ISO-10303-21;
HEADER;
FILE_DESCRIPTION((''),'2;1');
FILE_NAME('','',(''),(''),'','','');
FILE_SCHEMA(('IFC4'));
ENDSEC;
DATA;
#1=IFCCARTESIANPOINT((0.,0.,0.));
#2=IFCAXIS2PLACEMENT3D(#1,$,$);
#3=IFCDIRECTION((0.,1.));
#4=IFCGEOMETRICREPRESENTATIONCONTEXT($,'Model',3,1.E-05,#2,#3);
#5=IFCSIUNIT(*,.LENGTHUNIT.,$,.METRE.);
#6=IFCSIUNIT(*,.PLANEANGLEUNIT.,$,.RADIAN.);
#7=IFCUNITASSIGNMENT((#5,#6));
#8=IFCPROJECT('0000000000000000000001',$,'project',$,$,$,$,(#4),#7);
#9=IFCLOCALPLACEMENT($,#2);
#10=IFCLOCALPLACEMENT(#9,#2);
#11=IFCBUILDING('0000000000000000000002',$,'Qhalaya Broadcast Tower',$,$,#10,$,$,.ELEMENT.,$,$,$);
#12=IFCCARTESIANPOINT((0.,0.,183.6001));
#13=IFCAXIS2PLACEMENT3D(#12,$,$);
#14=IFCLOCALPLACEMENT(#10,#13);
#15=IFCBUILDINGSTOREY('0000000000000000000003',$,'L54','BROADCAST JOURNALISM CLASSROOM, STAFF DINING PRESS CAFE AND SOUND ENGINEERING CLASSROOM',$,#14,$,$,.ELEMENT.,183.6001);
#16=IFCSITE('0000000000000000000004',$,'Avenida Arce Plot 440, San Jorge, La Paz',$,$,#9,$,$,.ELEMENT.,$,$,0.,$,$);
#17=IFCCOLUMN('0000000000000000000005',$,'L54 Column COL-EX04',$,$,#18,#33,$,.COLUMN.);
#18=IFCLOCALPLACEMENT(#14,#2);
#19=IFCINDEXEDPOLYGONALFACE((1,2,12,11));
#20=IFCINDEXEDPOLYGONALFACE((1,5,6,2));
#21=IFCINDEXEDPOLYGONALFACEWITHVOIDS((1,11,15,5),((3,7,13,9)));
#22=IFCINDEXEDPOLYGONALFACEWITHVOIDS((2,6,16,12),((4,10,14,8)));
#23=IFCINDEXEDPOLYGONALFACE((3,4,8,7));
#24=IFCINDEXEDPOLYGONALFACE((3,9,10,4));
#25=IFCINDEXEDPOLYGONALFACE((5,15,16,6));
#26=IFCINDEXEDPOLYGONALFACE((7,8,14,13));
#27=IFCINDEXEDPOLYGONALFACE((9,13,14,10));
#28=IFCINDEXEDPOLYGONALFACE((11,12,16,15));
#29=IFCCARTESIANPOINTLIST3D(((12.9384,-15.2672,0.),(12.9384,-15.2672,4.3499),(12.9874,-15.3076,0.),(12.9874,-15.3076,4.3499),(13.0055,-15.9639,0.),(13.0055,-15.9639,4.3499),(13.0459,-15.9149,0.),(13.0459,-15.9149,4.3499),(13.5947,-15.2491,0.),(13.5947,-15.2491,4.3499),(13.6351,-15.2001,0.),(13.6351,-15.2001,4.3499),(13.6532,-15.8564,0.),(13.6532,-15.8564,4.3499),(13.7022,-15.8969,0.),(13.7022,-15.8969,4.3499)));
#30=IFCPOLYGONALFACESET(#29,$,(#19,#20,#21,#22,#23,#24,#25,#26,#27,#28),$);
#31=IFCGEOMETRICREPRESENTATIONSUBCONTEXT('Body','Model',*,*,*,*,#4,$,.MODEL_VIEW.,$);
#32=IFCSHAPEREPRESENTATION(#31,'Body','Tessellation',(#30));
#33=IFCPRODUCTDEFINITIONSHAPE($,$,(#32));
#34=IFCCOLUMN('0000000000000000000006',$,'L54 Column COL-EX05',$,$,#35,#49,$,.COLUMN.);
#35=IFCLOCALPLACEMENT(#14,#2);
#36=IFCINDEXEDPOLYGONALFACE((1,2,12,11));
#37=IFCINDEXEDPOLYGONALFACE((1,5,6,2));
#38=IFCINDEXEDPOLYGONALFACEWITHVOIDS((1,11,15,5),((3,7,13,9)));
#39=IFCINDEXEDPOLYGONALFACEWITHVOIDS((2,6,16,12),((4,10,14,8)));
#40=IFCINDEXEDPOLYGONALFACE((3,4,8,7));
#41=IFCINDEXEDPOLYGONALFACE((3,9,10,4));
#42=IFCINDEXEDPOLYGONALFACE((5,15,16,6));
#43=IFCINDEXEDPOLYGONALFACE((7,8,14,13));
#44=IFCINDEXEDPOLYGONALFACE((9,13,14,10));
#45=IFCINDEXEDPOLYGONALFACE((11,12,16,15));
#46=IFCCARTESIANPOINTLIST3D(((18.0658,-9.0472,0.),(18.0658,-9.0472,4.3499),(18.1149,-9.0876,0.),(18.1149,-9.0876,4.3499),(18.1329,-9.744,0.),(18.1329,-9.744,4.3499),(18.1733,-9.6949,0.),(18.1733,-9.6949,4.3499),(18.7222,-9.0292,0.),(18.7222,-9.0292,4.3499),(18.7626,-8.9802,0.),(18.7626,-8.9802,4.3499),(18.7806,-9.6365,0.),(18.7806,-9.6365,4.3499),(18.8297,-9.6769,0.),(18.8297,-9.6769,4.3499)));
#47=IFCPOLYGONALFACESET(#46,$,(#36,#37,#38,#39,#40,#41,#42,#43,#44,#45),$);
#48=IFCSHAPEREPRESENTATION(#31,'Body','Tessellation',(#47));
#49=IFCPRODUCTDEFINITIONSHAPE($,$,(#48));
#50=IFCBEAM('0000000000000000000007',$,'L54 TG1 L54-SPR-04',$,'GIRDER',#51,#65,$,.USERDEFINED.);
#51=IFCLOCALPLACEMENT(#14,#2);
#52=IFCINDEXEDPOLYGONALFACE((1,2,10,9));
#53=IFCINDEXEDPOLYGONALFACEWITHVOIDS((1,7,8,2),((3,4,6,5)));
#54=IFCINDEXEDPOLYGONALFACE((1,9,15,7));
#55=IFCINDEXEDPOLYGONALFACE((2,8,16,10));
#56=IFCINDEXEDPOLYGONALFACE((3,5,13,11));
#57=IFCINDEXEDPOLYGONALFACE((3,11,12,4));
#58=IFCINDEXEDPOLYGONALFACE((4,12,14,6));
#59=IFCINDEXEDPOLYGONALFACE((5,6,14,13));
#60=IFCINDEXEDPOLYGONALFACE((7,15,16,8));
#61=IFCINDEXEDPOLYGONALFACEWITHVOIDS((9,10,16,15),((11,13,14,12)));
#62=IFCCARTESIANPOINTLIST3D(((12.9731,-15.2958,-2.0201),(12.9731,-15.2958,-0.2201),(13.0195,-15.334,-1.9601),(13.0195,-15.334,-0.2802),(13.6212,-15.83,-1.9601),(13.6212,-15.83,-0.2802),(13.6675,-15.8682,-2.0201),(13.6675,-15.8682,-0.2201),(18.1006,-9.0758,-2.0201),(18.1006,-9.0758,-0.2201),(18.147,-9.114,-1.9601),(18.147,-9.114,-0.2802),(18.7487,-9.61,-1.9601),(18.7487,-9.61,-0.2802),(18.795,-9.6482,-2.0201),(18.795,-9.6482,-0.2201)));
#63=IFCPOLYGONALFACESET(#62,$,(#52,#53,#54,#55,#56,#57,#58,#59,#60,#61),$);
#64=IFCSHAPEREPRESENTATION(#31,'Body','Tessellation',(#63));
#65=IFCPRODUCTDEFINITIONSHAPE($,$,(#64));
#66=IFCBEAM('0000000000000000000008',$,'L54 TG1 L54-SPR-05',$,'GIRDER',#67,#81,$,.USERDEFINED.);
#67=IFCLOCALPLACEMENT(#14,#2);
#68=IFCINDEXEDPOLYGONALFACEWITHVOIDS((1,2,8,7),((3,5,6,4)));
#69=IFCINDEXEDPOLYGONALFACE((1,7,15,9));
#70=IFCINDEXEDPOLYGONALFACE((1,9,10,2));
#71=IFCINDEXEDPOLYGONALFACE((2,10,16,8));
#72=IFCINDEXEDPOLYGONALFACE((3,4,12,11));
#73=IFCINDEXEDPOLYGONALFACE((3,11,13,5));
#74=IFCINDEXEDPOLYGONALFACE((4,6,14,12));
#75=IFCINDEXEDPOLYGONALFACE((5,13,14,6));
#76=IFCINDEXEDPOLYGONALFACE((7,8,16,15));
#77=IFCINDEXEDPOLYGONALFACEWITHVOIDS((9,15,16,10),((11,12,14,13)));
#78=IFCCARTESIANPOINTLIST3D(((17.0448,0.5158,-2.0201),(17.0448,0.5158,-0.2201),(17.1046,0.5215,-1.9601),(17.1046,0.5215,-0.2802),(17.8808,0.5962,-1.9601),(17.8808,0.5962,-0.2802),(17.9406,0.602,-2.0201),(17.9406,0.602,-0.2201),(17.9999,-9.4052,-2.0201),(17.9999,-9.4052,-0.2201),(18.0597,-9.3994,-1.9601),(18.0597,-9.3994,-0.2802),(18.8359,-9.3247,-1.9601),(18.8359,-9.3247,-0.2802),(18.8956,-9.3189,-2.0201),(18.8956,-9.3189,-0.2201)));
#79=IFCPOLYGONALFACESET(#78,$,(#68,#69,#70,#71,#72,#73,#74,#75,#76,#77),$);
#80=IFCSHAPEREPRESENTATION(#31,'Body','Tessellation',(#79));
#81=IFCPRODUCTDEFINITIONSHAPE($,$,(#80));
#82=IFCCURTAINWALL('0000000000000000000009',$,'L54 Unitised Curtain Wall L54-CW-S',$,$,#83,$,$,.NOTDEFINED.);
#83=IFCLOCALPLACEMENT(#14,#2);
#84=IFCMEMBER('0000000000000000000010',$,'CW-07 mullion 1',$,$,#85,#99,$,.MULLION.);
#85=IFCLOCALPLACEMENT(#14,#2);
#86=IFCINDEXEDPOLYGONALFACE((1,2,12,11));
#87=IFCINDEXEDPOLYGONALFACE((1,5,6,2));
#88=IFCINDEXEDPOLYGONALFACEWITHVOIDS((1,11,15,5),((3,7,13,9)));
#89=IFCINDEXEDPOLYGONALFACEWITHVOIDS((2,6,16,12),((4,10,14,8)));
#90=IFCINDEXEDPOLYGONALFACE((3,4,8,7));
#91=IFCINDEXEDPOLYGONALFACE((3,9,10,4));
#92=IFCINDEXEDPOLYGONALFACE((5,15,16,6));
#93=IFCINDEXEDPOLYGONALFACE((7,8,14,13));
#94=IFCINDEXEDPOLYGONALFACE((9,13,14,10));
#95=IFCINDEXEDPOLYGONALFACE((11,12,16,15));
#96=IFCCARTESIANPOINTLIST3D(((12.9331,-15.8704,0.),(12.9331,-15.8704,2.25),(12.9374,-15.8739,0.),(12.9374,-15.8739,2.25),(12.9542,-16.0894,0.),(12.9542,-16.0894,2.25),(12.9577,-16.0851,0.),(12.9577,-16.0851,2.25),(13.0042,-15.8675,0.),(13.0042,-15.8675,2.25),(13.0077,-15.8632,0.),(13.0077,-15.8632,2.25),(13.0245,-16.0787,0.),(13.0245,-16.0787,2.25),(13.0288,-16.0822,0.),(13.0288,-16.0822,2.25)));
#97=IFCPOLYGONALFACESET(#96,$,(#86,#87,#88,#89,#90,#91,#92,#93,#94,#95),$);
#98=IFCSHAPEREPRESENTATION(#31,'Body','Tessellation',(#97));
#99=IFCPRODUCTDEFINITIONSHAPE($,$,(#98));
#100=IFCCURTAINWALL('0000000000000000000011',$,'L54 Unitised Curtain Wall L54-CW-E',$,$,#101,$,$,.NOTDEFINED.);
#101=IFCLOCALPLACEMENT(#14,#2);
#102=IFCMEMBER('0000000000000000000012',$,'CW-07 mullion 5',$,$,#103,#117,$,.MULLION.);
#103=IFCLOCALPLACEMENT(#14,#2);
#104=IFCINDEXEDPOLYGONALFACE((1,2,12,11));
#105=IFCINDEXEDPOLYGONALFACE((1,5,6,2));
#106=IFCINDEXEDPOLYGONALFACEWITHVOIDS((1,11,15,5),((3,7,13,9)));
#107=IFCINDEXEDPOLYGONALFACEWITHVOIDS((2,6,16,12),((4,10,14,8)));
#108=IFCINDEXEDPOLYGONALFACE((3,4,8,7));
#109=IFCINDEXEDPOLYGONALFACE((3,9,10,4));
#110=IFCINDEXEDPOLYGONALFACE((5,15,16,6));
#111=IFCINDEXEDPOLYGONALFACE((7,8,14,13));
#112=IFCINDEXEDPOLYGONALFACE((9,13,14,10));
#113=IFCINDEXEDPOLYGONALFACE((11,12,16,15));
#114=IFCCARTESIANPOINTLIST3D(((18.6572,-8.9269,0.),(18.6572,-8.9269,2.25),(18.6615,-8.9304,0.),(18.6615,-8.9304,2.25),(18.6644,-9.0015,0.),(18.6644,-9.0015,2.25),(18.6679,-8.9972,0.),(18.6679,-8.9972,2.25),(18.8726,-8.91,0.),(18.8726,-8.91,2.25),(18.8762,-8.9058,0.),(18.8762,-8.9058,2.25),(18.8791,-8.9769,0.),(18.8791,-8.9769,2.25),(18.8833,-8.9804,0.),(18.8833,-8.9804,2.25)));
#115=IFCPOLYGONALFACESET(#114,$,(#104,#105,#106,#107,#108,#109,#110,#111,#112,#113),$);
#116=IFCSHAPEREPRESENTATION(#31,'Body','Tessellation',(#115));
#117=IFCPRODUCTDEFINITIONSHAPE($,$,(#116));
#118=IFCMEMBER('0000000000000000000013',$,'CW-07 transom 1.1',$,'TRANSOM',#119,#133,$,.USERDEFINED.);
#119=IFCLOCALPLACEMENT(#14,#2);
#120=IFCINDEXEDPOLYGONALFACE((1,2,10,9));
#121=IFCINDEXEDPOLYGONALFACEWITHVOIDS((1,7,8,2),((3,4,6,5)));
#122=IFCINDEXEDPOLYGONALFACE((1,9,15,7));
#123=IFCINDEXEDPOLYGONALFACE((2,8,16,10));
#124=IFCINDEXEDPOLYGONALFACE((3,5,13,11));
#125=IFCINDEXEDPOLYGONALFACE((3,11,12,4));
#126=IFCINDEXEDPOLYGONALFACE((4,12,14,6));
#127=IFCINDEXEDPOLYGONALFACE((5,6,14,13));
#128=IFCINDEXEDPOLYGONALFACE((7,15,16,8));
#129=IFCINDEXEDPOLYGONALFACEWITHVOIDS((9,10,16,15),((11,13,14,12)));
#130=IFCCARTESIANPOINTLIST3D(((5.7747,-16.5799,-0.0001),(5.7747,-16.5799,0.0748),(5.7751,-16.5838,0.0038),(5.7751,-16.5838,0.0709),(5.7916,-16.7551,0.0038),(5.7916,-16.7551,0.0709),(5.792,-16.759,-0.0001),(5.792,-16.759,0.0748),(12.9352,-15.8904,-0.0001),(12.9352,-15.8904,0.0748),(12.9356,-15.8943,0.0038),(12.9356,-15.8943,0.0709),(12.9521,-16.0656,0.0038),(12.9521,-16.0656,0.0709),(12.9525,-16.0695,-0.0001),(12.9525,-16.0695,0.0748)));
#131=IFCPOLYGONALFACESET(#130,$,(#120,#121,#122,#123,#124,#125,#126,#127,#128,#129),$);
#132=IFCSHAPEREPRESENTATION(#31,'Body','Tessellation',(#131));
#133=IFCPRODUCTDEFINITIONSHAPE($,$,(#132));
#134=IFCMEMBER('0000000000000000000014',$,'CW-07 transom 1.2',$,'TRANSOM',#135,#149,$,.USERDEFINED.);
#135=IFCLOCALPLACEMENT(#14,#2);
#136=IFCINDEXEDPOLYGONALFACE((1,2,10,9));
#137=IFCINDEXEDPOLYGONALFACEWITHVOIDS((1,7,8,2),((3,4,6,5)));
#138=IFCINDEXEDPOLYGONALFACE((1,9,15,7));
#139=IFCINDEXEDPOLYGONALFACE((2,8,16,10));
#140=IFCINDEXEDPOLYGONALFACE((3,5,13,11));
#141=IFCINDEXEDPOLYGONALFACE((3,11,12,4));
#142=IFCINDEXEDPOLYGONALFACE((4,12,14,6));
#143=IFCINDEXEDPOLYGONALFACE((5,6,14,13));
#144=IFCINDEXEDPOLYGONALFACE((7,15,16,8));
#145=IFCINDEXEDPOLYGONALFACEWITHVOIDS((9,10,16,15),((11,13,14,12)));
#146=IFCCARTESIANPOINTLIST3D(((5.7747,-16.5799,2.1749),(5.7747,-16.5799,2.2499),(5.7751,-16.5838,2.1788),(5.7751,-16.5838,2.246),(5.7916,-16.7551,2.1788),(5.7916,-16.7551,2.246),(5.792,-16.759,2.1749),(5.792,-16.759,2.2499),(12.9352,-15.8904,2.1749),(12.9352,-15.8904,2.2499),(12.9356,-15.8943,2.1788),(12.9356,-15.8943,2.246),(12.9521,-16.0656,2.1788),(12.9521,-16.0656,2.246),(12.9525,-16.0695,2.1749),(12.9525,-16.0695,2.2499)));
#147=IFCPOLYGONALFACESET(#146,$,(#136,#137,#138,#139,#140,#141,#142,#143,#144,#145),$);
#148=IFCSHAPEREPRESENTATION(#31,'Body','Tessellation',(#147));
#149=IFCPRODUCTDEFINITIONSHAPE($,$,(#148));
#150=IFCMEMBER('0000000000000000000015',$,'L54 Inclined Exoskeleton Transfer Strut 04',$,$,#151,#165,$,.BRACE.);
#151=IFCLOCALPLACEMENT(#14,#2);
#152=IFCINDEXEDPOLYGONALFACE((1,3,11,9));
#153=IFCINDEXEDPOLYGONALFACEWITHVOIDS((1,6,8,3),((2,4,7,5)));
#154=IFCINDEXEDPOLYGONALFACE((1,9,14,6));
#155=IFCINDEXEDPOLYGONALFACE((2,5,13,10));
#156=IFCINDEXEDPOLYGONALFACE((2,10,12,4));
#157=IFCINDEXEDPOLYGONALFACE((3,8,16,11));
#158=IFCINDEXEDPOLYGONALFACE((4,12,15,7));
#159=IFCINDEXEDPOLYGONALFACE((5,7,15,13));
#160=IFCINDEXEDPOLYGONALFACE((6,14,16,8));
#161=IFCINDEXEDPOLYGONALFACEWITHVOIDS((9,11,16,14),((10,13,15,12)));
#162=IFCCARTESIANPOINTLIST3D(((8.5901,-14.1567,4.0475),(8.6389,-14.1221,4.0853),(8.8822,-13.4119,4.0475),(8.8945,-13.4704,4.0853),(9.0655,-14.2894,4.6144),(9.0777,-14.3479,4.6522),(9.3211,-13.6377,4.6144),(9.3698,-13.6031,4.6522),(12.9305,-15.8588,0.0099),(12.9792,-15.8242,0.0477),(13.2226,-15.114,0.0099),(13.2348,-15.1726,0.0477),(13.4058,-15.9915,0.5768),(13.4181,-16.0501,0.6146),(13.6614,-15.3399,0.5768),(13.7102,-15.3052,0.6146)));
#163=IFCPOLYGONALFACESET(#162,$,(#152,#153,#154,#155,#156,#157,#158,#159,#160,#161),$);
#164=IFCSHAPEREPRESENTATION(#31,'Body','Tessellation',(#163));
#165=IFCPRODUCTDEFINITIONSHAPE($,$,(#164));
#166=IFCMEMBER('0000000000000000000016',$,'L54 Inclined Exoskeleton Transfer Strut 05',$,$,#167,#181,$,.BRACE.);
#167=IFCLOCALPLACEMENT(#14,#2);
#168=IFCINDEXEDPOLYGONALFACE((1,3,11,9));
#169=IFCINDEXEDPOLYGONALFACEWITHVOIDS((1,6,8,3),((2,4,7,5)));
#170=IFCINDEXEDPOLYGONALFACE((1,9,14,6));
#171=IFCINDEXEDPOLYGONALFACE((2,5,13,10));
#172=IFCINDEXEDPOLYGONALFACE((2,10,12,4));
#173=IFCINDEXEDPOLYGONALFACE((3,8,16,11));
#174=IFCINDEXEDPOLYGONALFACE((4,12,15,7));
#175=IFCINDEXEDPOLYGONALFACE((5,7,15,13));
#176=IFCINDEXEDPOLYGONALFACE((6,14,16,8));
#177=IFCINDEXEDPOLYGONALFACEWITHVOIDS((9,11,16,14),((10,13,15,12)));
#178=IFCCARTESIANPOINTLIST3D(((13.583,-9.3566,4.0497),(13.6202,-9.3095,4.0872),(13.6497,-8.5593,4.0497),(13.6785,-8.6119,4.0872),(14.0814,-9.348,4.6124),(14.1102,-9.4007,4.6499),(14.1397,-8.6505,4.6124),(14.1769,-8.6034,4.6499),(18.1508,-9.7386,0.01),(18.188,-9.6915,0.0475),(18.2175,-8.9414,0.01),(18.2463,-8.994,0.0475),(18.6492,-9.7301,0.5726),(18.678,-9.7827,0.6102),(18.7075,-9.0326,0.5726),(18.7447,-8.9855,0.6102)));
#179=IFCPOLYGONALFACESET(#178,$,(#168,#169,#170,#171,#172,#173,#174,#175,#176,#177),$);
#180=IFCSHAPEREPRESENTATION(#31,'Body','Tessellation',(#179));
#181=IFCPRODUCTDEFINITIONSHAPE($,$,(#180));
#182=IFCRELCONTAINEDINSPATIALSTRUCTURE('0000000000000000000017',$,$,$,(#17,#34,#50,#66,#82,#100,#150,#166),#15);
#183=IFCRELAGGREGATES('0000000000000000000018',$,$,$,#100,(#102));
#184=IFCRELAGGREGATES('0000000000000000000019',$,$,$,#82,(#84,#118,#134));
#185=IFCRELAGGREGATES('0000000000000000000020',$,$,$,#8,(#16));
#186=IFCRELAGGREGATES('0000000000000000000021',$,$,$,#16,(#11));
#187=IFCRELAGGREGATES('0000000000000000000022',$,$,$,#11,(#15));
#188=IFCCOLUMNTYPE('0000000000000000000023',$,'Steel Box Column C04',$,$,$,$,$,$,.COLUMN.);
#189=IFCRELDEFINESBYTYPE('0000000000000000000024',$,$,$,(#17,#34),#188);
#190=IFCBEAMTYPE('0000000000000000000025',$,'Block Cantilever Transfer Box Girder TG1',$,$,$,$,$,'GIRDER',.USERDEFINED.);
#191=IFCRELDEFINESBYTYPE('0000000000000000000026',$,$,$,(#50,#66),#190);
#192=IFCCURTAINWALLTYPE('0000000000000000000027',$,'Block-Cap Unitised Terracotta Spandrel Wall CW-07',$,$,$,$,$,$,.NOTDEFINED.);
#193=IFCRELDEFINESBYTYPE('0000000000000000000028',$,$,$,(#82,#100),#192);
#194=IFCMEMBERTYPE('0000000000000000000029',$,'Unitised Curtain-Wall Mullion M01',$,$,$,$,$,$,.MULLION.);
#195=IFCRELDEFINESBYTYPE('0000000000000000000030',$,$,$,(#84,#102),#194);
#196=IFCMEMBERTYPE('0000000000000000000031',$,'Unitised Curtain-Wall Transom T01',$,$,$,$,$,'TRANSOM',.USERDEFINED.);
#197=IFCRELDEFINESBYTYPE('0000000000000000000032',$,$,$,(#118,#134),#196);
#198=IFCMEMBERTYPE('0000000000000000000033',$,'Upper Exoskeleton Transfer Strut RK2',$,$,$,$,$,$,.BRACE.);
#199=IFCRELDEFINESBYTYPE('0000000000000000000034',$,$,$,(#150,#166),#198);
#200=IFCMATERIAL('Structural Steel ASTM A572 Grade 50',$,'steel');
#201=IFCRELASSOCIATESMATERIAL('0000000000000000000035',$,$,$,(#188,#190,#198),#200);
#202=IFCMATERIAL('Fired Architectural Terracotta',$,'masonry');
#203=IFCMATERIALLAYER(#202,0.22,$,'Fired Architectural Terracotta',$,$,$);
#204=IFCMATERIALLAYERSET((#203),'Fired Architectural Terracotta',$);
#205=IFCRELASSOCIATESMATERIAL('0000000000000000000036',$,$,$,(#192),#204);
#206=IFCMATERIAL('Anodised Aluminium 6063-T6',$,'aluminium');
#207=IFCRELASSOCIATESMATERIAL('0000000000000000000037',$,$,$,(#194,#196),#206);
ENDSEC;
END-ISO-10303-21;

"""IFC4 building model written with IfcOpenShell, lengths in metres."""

from ifc_helpers import new_model, si_unit, direction, frame, origin, origin_2d, place, context, subcontext, project, spatial, hollow_rectangle, extrude, material, layer, layer_set, material_profile, profile_set, type_object, element, aggregate, save


model = new_model("IFC4")

# Units and contexts
model_context = context("Model", 3, precision=1e-05, world=origin(), true_north=direction((0.0, 1.0)))
body_context = subcontext(model_context, "Body", "Model", "MODEL_VIEW")
ifc_project = project(units=[si_unit("LENGTHUNIT", "METRE"), si_unit("PLANEANGLEUNIT", "RADIAN")], contexts=[model_context])

# Site, building, storey
site_placement = place(None, origin())
site = spatial("IfcSite", under=ifc_project, at=site_placement, Name="Avenida Arce Plot 440, San Jorge, La Paz", CompositionType="ELEMENT", RefElevation=0.0)
building_placement = place(site_placement, origin())
building = spatial("IfcBuilding", under=site, at=building_placement, Name="Qhalaya Broadcast Tower", CompositionType="ELEMENT")
storey_placement = place(building_placement, frame((0.0, 0.0, 183.6001)))
storey = spatial("IfcBuildingStorey", under=building, at=storey_placement, Name="L54", Description="BROADCAST JOURNALISM CLASSROOM, STAFF DINING PRESS CAFE AND SOUND ENGINEERING CLASSROOM", CompositionType="ELEMENT", Elevation=183.6001)

# Columns
ifc_material_1 = material(Name="Structural Steel ASTM A572 Grade 50", Category="steel")
ifc_material_profile_1 = material_profile(ifc_material_1, hollow_rectangle(XDim=0.7, YDim=0.7, WallThickness=0.0449, at=origin_2d()), Name="BOX 700x700x45")
ifc_profile_set_1 = profile_set([ifc_material_profile_1], Name="Structural Steel ASTM A572 Grade 50")
column_type = type_object("IfcColumnType", Name="Steel Box Column C04", PredefinedType="COLUMN", material=ifc_profile_set_1)
for number, where, z_axis, x_axis, name in (
    (1, (13.3203, -15.582, 0.0), (0.0, 0.0, 1.0), (0.995396, 0.095846, 0.0), "L54 Column COL-EX04"),
    (2, (18.4478, -9.3621, 0.0), (0.0, 0.0, 1.0), (-0.095846, 0.995396, 0.0), "L54 Column COL-EX05"),
):
    element("IfcColumn", number, at=place(storey_placement, frame(where, z_axis=z_axis, x_axis=x_axis)), inside=storey, type_object=column_type, Name=name, PredefinedType="COLUMN", context=body_context, shape_type="SweptSolid", body=[
        extrude(hollow_rectangle(XDim=0.7, YDim=0.7, WallThickness=0.0449, at=origin_2d()), origin(), (0.0, 0.0, 1.0), 4.3499),
    ])

# Beams
ifc_material_profile_2 = material_profile(ifc_material_1, hollow_rectangle(XDim=0.8999, YDim=1.8, WallThickness=0.0601, at=origin_2d()), Name="BOX 900x1800x60")
ifc_profile_set_2 = profile_set([ifc_material_profile_2], Name="Structural Steel ASTM A572 Grade 50")
beam_type = type_object("IfcBeamType", Name="Block Cantilever Transfer Box Girder TG1", ElementType="GIRDER", PredefinedType="USERDEFINED", material=ifc_profile_set_2)
beam_1_placement = place(storey_placement, frame((13.3203, -15.582, -1.1201), z_axis=(0.636085, 0.771619, 0.0), x_axis=(-0.771619, 0.636085, 0.0)))
element("IfcBeam", 3, at=beam_1_placement, inside=storey, type_object=beam_type, Name="L54 TG1 L54-SPR-04", ObjectType="GIRDER", PredefinedType="USERDEFINED", context=body_context, shape_type="SweptSolid", body=[
    extrude(hollow_rectangle(XDim=0.8999, YDim=1.8, WallThickness=0.0601, at=origin_2d()), origin(), (0.0, 0.0, 1.0), 8.061),
])
beam_2_placement = place(storey_placement, frame((18.4478, -9.3621, -1.1201), z_axis=(-0.095826, 0.995398, 0.0), x_axis=(-0.995398, -0.095826, 0.0)))
element("IfcBeam", 4, at=beam_2_placement, inside=storey, type_object=beam_type, Name="L54 TG1 L54-SPR-05", ObjectType="GIRDER", PredefinedType="USERDEFINED", context=body_context, shape_type="SweptSolid", body=[
    extrude(hollow_rectangle(XDim=0.8999, YDim=1.8, WallThickness=0.0601, at=origin_2d()), origin(), (0.0, 0.0, 1.0), 9.9668),
])

# Curtain walls, members
ifc_material_2 = material(Name="Fired Architectural Terracotta", Category="masonry")
ifc_layer_1 = layer(ifc_material_2, 0.22, Name="Fired Architectural Terracotta")
ifc_layer_set_1 = layer_set([ifc_layer_1], Name="Fired Architectural Terracotta")
curtain_wall_type = type_object("IfcCurtainWallType", Name="Block-Cap Unitised Terracotta Spandrel Wall CW-07", PredefinedType="NOTDEFINED", material=ifc_layer_set_1)
curtain_wall_1_placement = place(storey_placement, origin())
curtain_wall_1 = element("IfcCurtainWall", 5, at=curtain_wall_1_placement, inside=storey, type_object=curtain_wall_type, Name="L54 Unitised Curtain Wall L54-CW-S", PredefinedType="NOTDEFINED")
ifc_material_3 = material(Name="Anodised Aluminium 6063-T6", Category="aluminium")
ifc_material_profile_3 = material_profile(ifc_material_3, hollow_rectangle(XDim=0.075, YDim=0.22, WallThickness=0.0039, at=origin_2d()), Name="ALU-MUL 75x220x4")
ifc_profile_set_3 = profile_set([ifc_material_profile_3], Name="Anodised Aluminium 6063-T6")
member_type_1 = type_object("IfcMemberType", Name="Unitised Curtain-Wall Mullion M01", PredefinedType="MULLION", material=ifc_profile_set_3)
member_1_placement = place(storey_placement, frame((12.981, -15.9763, 0.0), z_axis=(0.0, 0.0, 1.0), x_axis=(-0.995396, -0.095846, 0.0)))
member_1 = element("IfcMember", 6, at=member_1_placement, type_object=member_type_1, Name="CW-07 mullion 1", PredefinedType="MULLION", context=body_context, shape_type="SweptSolid", body=[
    extrude(hollow_rectangle(XDim=0.075, YDim=0.22, WallThickness=0.0039, at=origin_2d()), origin(), (0.0, 0.0, 1.0), 2.25),
])
curtain_wall_2_placement = place(storey_placement, origin())
curtain_wall_2 = element("IfcCurtainWall", 7, at=curtain_wall_2_placement, inside=storey, type_object=curtain_wall_type, Name="L54 Unitised Curtain Wall L54-CW-E", PredefinedType="NOTDEFINED")
member_2_placement = place(storey_placement, frame((18.7703, -8.9536, 0.0), z_axis=(0.0, 0.0, 1.0), x_axis=(0.095846, -0.995396, 0.0)))
member_2 = element("IfcMember", 8, at=member_2_placement, type_object=member_type_1, Name="CW-07 mullion 5", PredefinedType="MULLION", context=body_context, shape_type="SweptSolid", body=[
    extrude(hollow_rectangle(XDim=0.075, YDim=0.22, WallThickness=0.0039, at=origin_2d()), origin(), (0.0, 0.0, 1.0), 2.25),
])
aggregate(curtain_wall_2, [member_2])

# Members
ifc_material_profile_4 = material_profile(ifc_material_3, hollow_rectangle(XDim=0.075, YDim=0.1799, WallThickness=0.0039, at=origin_2d()), Name="ALU-TRN 75x180x4")
ifc_profile_set_4 = profile_set([ifc_material_profile_4], Name="Anodised Aluminium 6063-T6")
member_type_2 = type_object("IfcMemberType", Name="Unitised Curtain-Wall Transom T01", ElementType="TRANSOM", PredefinedType="USERDEFINED", material=ifc_profile_set_4)
member_3_placement = place(storey_placement, frame((12.9438, -15.98, 0.0374), z_axis=(-0.995396, -0.095844, 0.0), x_axis=(0.0, 0.0, 1.0)))
member_3 = element("IfcMember", 9, at=member_3_placement, type_object=member_type_2, Name="CW-07 transom 1.1", ObjectType="TRANSOM", PredefinedType="USERDEFINED", context=body_context, shape_type="SweptSolid", body=[
    extrude(hollow_rectangle(XDim=0.075, YDim=0.1799, WallThickness=0.0039, at=origin_2d()), origin(), (0.0, 0.0, 1.0), 7.1936),
])
member_4_placement = place(storey_placement, frame((12.9438, -15.98, 2.2124), z_axis=(-0.995396, -0.095844, 0.0), x_axis=(0.0, 0.0, 1.0)))
member_4 = element("IfcMember", 10, at=member_4_placement, type_object=member_type_2, Name="CW-07 transom 1.2", ObjectType="TRANSOM", PredefinedType="USERDEFINED", context=body_context, shape_type="SweptSolid", body=[
    extrude(hollow_rectangle(XDim=0.075, YDim=0.1799, WallThickness=0.0039, at=origin_2d()), origin(), (0.0, 0.0, 1.0), 7.1936),
])
aggregate(curtain_wall_1, [member_1, member_3, member_4])

# Members
ifc_material_profile_5 = material_profile(ifc_material_1, hollow_rectangle(XDim=0.8, YDim=0.8, WallThickness=0.05, at=origin_2d()), Name="BOX 800x800x50")
ifc_profile_set_5 = profile_set([ifc_material_profile_5], Name="Structural Steel ASTM A572 Grade 50")
member_type_3 = type_object("IfcMemberType", Name="Upper Exoskeleton Transfer Strut RK2", PredefinedType="BRACE", material=ifc_profile_set_5)
member_5_placement = place(storey_placement, frame((13.3203, -15.582, 0.3123), z_axis=(-0.703743, 0.275987, 0.654658), x_axis=(-0.365098, -0.930969, 0.0)))
element("IfcMember", 11, at=member_5_placement, inside=storey, type_object=member_type_3, Name="L54 Inclined Exoskeleton Transfer Strut 04", PredefinedType="BRACE", context=body_context, shape_type="SweptSolid", body=[
    extrude(hollow_rectangle(XDim=0.8, YDim=0.8, WallThickness=0.05, at=origin_2d()), origin(), (0.0, 0.0, 1.0), 6.1675),
])
member_6_placement = place(storey_placement, frame((18.4478, -9.3621, 0.3101), z_axis=(-0.747613, 0.062534, 0.661184), x_axis=(-0.083354, -0.99652, 0.0)))
element("IfcMember", 12, at=member_6_placement, inside=storey, type_object=member_type_3, Name="L54 Inclined Exoskeleton Transfer Strut 05", PredefinedType="BRACE", context=body_context, shape_type="SweptSolid", body=[
    extrude(hollow_rectangle(XDim=0.8, YDim=0.8, WallThickness=0.05, at=origin_2d()), origin(), (0.0, 0.0, 1.0), 6.1099),
])

save(model, "model.ifc")
